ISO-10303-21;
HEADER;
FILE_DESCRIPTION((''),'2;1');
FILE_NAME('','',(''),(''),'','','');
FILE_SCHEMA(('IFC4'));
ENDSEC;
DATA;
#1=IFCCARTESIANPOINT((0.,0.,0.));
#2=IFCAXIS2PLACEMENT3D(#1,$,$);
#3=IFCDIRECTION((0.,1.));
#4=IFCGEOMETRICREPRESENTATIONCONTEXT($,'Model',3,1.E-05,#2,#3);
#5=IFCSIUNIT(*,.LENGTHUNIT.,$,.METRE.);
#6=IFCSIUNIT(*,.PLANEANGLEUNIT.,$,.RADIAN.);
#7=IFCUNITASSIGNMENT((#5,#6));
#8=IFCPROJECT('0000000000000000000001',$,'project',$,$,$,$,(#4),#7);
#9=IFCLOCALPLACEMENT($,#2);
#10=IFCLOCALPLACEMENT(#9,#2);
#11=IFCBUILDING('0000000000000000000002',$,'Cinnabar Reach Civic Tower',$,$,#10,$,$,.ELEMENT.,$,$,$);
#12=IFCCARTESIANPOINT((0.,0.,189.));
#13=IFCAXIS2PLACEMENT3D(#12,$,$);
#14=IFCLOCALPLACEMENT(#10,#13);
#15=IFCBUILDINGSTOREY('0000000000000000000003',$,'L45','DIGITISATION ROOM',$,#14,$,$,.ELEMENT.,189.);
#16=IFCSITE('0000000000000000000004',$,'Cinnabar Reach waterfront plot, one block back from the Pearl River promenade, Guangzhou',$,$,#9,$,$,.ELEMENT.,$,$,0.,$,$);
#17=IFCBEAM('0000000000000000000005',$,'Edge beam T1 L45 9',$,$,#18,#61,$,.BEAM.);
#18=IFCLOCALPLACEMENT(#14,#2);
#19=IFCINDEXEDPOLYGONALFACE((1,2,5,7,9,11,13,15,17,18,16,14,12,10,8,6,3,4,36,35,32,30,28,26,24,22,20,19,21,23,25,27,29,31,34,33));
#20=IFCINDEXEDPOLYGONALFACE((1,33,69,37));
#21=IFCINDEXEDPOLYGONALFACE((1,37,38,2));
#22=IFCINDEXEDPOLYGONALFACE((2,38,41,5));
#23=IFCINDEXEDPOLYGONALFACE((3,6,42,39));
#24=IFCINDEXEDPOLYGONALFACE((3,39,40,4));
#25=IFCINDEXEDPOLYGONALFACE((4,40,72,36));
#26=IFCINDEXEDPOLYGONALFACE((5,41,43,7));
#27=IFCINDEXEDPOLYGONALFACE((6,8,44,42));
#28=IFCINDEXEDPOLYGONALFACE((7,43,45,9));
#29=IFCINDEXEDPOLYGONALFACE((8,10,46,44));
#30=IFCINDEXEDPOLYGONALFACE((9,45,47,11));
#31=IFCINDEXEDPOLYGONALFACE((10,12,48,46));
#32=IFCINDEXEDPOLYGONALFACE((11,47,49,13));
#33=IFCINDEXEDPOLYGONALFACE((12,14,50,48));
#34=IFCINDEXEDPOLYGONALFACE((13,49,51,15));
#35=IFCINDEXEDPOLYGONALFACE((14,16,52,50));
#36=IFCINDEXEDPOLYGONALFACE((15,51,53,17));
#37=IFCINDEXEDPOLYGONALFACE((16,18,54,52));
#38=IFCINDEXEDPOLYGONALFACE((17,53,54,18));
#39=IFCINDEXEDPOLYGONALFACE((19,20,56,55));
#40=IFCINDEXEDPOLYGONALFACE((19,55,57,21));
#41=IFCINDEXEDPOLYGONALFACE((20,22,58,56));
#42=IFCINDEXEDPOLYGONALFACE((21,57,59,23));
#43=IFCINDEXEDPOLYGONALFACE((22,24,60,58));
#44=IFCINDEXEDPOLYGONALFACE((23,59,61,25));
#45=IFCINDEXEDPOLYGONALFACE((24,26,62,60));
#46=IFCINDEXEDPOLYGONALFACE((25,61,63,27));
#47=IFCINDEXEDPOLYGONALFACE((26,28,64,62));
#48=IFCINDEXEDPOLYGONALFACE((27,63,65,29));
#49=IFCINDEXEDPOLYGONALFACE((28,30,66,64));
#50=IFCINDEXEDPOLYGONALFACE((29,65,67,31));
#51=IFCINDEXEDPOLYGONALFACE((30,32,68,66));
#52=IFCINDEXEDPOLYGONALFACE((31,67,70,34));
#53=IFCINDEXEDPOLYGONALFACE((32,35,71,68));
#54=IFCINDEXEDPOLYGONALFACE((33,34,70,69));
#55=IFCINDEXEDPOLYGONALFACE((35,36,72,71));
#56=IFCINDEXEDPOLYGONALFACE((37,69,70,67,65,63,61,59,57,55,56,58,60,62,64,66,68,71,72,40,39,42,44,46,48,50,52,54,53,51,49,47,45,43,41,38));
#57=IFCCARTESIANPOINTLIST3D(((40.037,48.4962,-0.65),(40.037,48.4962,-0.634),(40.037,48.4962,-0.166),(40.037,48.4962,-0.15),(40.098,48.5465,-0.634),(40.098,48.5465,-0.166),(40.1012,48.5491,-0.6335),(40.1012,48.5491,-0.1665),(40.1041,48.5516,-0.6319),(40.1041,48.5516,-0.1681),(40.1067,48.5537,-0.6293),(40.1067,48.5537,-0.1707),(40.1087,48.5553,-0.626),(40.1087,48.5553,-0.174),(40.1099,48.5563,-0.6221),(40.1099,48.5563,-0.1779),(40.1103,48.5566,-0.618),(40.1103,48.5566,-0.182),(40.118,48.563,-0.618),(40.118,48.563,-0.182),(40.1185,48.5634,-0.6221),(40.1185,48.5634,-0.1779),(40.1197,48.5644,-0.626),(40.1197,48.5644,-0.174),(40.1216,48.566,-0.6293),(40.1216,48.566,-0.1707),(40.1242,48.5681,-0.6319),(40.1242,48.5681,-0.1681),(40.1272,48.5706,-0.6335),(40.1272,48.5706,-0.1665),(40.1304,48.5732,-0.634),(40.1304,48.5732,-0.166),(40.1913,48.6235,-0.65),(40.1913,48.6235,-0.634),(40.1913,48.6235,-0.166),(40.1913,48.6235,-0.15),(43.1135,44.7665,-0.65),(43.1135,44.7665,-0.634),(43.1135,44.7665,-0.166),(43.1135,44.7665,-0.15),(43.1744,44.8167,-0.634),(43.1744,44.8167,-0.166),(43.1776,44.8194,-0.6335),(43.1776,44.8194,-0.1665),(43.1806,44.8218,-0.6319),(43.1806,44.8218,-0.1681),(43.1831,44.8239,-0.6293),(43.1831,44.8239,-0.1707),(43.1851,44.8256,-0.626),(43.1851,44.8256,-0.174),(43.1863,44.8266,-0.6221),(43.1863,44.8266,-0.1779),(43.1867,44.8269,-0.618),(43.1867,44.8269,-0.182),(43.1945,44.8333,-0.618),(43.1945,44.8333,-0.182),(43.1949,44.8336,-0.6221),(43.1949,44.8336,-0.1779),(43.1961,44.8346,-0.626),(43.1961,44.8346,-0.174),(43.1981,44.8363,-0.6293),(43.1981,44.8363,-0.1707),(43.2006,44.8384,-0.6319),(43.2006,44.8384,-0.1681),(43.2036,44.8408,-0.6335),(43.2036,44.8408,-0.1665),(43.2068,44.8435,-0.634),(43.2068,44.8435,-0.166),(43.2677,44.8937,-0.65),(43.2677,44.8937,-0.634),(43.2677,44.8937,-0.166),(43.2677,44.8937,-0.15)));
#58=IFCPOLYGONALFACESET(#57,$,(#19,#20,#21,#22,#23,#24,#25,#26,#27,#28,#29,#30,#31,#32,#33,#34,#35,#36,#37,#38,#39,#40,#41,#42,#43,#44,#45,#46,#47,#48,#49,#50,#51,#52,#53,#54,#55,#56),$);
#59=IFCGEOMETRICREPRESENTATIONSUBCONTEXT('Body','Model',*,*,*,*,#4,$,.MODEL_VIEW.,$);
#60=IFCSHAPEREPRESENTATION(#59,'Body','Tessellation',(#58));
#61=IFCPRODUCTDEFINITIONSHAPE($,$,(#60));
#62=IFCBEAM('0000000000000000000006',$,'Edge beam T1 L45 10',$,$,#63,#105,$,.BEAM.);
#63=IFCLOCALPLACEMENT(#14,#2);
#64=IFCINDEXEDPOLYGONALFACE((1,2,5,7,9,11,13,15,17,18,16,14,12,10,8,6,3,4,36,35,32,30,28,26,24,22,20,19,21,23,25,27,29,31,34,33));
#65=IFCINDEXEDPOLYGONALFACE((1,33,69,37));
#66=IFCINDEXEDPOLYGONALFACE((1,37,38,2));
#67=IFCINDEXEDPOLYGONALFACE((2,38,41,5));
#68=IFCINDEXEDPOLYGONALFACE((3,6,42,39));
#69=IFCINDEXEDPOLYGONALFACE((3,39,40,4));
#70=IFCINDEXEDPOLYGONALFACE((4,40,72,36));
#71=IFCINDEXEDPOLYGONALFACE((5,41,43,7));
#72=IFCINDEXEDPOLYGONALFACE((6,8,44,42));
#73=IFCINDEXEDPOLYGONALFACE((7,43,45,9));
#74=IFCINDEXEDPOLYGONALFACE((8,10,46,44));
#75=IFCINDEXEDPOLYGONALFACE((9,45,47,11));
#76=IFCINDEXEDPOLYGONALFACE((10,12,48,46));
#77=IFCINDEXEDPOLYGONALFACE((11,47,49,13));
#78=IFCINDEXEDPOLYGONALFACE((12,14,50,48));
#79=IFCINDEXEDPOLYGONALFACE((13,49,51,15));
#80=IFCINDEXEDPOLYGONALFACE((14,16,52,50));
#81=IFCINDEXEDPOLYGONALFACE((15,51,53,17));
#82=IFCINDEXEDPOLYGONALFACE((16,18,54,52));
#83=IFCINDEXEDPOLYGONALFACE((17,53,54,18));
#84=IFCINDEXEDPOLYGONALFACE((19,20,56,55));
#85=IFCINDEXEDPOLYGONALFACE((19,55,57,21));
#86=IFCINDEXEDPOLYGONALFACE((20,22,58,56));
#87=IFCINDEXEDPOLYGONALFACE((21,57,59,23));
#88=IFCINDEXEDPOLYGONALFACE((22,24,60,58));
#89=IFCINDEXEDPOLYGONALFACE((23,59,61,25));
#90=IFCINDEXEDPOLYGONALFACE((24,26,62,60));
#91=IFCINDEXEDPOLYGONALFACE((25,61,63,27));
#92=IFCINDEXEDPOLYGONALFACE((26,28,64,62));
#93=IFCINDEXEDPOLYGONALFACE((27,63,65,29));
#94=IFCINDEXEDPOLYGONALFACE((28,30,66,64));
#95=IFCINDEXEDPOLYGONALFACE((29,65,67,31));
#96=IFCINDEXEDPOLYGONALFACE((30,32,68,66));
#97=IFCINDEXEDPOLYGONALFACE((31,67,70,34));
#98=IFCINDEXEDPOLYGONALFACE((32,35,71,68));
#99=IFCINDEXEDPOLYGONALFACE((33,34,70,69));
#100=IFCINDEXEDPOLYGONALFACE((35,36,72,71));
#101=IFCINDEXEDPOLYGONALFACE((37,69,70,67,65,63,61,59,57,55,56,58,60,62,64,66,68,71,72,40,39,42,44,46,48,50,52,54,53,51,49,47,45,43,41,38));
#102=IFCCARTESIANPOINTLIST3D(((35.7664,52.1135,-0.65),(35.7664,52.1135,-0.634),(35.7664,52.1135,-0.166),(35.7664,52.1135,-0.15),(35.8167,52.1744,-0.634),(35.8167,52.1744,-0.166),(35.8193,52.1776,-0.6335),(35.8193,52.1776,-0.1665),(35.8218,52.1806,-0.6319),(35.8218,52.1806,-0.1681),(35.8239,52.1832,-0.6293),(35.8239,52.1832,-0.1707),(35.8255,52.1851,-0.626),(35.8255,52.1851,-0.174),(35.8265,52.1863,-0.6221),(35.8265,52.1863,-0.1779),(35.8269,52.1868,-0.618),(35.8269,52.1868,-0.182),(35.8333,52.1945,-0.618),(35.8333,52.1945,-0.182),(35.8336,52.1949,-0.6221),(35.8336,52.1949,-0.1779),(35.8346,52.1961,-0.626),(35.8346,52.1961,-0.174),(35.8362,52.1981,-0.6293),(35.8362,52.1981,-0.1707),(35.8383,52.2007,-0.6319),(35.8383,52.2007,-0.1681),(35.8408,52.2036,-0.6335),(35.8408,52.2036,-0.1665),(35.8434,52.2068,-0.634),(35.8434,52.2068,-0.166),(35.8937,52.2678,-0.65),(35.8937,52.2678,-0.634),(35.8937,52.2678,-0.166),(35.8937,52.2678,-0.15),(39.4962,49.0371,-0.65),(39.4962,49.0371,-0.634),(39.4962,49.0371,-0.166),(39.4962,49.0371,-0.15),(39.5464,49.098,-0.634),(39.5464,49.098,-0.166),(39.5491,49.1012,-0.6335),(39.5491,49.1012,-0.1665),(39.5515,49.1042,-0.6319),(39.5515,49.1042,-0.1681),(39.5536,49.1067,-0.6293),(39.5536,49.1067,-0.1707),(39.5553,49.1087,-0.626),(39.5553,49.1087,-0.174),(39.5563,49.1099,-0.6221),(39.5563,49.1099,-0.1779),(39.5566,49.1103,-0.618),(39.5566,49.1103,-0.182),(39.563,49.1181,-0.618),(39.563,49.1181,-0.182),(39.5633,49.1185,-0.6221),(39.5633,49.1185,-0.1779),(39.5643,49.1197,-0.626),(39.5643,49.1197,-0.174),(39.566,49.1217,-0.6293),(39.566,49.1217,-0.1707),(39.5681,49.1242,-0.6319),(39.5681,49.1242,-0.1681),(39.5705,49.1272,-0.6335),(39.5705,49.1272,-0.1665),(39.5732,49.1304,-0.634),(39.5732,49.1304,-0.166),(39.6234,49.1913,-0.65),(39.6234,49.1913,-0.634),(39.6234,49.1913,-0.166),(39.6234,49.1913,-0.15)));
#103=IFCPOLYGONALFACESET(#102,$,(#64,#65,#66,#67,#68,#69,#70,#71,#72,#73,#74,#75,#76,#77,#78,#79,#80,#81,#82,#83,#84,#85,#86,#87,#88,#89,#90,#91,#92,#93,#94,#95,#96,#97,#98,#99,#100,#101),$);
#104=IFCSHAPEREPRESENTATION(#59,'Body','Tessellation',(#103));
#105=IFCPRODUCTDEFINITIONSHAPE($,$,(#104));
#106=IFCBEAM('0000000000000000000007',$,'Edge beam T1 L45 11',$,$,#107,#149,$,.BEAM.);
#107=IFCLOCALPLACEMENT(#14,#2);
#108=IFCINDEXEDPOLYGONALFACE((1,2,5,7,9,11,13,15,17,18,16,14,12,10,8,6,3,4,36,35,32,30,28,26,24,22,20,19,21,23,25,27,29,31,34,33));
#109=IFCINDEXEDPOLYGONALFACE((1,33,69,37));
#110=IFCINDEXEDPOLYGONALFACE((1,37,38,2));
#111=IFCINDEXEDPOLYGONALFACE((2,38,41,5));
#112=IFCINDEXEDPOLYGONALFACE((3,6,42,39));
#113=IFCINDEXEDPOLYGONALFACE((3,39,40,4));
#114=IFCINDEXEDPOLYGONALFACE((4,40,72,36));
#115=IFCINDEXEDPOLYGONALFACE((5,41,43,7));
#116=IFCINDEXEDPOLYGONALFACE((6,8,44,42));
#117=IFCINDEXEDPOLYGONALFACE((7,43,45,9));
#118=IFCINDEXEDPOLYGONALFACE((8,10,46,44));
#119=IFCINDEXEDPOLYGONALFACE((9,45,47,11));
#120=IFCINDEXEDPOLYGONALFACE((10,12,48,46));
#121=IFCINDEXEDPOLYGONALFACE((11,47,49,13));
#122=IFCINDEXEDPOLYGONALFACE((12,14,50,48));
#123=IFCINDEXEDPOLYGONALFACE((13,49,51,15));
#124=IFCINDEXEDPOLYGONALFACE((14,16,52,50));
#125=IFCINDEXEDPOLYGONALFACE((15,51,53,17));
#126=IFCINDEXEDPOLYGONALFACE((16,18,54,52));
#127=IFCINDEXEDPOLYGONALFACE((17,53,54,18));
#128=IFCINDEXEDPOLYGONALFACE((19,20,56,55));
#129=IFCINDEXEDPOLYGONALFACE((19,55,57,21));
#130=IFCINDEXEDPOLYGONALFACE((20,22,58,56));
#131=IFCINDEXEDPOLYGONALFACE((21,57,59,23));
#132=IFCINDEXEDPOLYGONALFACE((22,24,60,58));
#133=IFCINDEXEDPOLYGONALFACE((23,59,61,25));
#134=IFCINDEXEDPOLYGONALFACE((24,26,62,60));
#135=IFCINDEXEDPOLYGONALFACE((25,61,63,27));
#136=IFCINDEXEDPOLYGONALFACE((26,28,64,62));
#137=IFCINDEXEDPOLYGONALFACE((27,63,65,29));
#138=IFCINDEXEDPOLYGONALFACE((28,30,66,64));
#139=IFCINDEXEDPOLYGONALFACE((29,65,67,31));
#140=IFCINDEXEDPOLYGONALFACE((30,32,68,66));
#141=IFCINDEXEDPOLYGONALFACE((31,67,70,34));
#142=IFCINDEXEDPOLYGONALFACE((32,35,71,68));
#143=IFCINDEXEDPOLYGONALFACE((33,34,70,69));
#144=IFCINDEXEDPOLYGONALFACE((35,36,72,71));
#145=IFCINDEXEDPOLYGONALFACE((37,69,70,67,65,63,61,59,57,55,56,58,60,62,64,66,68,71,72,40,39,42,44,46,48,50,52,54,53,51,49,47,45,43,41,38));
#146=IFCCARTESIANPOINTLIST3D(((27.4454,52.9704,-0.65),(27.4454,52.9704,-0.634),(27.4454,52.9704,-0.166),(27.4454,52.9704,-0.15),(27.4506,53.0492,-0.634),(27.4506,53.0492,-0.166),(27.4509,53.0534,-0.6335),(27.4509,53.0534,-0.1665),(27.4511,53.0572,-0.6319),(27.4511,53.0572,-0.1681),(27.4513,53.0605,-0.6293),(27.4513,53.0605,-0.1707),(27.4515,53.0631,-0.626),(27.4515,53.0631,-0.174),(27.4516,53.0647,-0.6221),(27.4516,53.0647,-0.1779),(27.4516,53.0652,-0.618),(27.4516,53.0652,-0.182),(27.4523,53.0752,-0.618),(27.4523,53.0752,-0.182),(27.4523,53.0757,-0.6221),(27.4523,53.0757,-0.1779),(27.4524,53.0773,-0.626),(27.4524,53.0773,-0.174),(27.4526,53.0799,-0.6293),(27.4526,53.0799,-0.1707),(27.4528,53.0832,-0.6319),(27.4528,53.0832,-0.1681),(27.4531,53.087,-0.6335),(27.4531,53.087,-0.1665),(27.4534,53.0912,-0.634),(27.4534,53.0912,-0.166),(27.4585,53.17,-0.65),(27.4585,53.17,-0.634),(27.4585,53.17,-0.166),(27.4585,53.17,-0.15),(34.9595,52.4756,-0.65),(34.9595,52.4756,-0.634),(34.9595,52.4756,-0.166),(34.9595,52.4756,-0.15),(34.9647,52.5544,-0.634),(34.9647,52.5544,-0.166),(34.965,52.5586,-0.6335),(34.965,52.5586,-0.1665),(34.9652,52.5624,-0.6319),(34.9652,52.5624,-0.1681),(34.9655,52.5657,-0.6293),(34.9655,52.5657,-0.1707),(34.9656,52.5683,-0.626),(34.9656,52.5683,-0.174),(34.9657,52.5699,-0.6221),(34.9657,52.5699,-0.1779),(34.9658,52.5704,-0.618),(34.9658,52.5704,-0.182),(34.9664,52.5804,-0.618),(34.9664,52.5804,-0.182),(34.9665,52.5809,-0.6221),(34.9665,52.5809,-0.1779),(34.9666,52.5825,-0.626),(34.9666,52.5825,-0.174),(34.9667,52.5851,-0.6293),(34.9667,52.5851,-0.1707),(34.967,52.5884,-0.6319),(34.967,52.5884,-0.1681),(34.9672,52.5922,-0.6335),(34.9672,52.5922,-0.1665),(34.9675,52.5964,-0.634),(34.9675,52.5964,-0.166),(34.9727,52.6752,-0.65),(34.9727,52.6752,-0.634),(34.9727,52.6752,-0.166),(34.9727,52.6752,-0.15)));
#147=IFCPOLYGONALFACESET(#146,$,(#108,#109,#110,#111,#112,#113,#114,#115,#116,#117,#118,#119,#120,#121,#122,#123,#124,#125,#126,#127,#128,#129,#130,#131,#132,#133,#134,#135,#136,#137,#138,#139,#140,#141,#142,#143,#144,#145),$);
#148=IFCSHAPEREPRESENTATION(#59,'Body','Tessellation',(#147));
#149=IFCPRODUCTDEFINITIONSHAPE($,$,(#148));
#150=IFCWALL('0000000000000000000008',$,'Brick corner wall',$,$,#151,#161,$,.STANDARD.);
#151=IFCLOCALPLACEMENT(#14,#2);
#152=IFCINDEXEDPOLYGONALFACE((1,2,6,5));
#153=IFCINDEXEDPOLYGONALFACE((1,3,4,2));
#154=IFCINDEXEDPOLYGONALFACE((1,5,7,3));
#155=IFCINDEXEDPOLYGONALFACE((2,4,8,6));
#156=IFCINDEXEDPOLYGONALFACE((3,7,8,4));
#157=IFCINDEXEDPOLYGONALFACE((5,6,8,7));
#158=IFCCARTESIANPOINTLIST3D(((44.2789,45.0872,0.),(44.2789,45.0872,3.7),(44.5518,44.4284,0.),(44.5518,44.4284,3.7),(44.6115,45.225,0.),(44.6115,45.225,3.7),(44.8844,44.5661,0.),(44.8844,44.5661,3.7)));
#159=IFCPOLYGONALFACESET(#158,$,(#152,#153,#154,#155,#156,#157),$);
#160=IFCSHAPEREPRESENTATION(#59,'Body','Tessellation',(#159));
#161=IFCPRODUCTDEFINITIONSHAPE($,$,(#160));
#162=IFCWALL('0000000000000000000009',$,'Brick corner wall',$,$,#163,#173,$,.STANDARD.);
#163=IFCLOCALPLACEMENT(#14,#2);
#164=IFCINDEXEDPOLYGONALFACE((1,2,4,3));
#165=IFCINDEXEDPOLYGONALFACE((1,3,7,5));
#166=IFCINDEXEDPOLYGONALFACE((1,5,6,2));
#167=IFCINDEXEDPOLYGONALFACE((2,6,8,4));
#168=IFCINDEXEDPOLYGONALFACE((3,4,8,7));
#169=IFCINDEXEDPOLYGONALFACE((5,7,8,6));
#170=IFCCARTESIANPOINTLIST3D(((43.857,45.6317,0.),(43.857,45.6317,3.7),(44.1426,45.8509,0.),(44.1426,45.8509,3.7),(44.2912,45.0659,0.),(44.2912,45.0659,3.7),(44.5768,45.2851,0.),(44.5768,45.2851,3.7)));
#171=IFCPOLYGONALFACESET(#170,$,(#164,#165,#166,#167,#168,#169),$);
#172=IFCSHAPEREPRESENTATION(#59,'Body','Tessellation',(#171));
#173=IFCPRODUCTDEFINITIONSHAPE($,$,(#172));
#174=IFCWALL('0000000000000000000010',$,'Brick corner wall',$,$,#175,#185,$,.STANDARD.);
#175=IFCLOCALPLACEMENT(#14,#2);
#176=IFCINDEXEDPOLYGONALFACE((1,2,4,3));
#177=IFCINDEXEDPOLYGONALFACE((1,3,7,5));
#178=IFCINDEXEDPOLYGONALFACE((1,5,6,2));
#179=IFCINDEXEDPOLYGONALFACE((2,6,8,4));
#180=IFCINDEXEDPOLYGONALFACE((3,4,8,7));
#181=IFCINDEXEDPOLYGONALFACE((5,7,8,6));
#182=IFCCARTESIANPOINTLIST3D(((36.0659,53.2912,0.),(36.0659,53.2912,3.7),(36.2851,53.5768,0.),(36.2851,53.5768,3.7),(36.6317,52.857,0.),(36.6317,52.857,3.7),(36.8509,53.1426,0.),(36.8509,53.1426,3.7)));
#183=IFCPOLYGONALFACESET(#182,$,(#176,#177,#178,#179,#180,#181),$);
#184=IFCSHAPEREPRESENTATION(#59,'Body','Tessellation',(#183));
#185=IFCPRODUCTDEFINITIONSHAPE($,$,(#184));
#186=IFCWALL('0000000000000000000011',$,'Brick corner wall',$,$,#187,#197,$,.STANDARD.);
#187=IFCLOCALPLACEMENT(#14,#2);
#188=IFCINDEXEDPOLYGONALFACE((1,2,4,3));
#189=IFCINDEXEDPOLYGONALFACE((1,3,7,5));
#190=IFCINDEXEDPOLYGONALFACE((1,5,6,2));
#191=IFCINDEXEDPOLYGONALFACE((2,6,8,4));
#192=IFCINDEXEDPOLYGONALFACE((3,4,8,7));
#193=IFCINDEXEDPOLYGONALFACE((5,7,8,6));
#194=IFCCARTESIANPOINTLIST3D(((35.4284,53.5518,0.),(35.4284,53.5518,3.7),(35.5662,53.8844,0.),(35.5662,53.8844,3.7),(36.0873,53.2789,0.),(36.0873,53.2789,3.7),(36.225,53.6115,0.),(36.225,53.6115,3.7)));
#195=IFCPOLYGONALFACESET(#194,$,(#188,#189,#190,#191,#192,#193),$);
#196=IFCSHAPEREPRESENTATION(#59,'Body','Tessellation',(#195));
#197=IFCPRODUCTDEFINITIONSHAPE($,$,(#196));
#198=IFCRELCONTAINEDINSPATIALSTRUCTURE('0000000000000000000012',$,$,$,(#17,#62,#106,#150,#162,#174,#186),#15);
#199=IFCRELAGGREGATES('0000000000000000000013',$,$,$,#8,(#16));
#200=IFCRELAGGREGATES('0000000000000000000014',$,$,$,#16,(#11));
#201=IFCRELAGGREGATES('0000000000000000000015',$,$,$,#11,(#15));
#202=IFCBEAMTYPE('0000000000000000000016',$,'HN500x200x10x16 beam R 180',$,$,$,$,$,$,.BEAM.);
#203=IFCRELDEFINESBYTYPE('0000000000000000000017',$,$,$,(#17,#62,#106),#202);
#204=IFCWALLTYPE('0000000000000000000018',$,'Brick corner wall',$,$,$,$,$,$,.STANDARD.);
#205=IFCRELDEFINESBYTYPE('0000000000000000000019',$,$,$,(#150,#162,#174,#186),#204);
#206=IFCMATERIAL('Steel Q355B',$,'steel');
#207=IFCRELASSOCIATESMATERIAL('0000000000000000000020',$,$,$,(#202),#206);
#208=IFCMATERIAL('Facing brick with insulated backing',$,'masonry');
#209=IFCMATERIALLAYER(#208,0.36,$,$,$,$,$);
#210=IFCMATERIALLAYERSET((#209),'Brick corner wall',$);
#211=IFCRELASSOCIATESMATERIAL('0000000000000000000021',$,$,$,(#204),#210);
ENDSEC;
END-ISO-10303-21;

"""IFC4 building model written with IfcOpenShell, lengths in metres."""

from ifc_helpers import new_model, si_unit, direction, frame, frame_2d, origin, origin_2d, place, context, subcontext, project, spatial, rectangle, i_section, extrude, material, layer, layer_set, material_profile, profile_set, type_object, element, save


model = new_model("IFC4")

# Units and contexts
model_context = context("Model", 3, precision=1e-05, world=origin(), true_north=direction((0.0, 1.0)))
body_context = subcontext(model_context, "Body", "Model", "MODEL_VIEW")
ifc_project = project(units=[si_unit("LENGTHUNIT", "METRE"), si_unit("PLANEANGLEUNIT", "RADIAN")], contexts=[model_context])

# Site, building, storey
site_placement = place(None, origin())
site = spatial("IfcSite", under=ifc_project, at=site_placement, Name="Cinnabar Reach waterfront plot, one block back from the Pearl River promenade, Guangzhou", CompositionType="ELEMENT", RefElevation=0.0)
building_placement = place(site_placement, origin())
building = spatial("IfcBuilding", under=site, at=building_placement, Name="Cinnabar Reach Civic Tower", CompositionType="ELEMENT")
storey_placement = place(building_placement, frame((0.0, 0.0, 189.0)))
storey = spatial("IfcBuildingStorey", under=building, at=storey_placement, Name="L45", Description="DIGITISATION ROOM", CompositionType="ELEMENT", Elevation=189.0)

# Beams
ifc_material_1 = material(Name="Steel Q355B", Category="steel")
ifc_material_profile_1 = material_profile(ifc_material_1, i_section(OverallWidth=0.2, OverallDepth=0.5, WebThickness=0.01, FlangeThickness=0.016, FilletRadius=0.016, at=origin_2d()), Name="HN500x200x10x16")
ifc_profile_set_1 = profile_set([ifc_material_profile_1], Name="Steel Q355B")
beam_type_1 = type_object("IfcBeamType", Name="HN500x200x10x16 beam R 180", PredefinedType="BEAM", material=ifc_profile_set_1)
for number, where, z_axis, x_axis, name in (
    (1, (43.1906, 44.8301, -0.4), (-0.636309, 0.771434, 0.0), (-0.771434, -0.636309, 0.0), "Edge beam T1 L45 9"),
    (2, (39.5598, 49.1142, -0.4), (-0.771434, 0.636309, 0.0), (-0.636309, -0.771434, 0.0), "Edge beam T1 L45 10"),
):
    element("IfcBeam", number, at=place(storey_placement, frame(where, z_axis=z_axis, x_axis=x_axis)), inside=storey, type_object=beam_type_1, Name=name, PredefinedType="BEAM", context=body_context, shape_type="SweptSolid", body=[
        extrude(i_section(OverallWidth=0.2, OverallDepth=0.5, WebThickness=0.01, FlangeThickness=0.016, FilletRadius=0.016, at=origin_2d()), origin(), (0.0, 0.0, 1.0), 4.8348),
    ])
beam_1_placement = place(storey_placement, frame((34.9661, 52.5754, -0.4), z_axis=(-0.997839, 0.065707, 0.0), x_axis=(-0.065707, -0.997839, 0.0)))
element("IfcBeam", 3, at=beam_1_placement, inside=storey, type_object=beam_type_1, Name="Edge beam T1 L45 11", PredefinedType="BEAM", context=body_context, shape_type="SweptSolid", body=[
    extrude(i_section(OverallWidth=0.2, OverallDepth=0.5, WebThickness=0.01, FlangeThickness=0.016, FilletRadius=0.016, at=origin_2d()), origin(), (0.0, 0.0, 1.0), 7.5304),
])

# Walls
ifc_material_2 = material(Name="Facing brick with insulated backing", Category="masonry")
ifc_layer_1 = layer(ifc_material_2, 0.36)
ifc_layer_set_1 = layer_set([ifc_layer_1], Name="Brick corner wall")
wall_type_1 = type_object("IfcWallType", Name="Brick corner wall", PredefinedType="STANDARD", material=ifc_layer_set_1)
wall_1_placement = place(storey_placement, frame((44.7181, 44.4973, 0.0), z_axis=(0.0, 0.0, 1.0), x_axis=(-0.382703, 0.923872, 0.0)))
element("IfcWall", 4, at=wall_1_placement, inside=storey, type_object=wall_type_1, Name="Brick corner wall", PredefinedType="STANDARD", context=body_context, shape_type="SweptSolid", body=[
    extrude(rectangle(XDim=0.7131, YDim=0.36, at=frame_2d((0.3565, 0.0))), origin(), (0.0, 0.0, 1.0), 3.7),
])
for number, where, z_axis, x_axis, name in (
    (5, (44.434, 45.1755, 0.0), (0.0, 0.0, 1.0), (-0.608802, 0.793322, 0.0), "Brick corner wall"),
    (6, (36.7413, 52.9998, 0.0), (0.0, 0.0, 1.0), (-0.793322, 0.608802, 0.0), "Brick corner wall"),
):
    element("IfcWall", number, at=place(storey_placement, frame(where, z_axis=z_axis, x_axis=x_axis)), inside=storey, type_object=wall_type_1, Name=name, PredefinedType="STANDARD", context=body_context, shape_type="SweptSolid", body=[
        extrude(rectangle(XDim=0.7132, YDim=0.36, at=frame_2d((0.3566, 0.0))), origin(), (0.0, 0.0, 1.0), 3.7),
    ])
for number, where, z_axis, x_axis, name in (
    (7, (36.1561, 53.4452, 0.0), (0.0, 0.0, 1.0), (-0.923872, 0.382703, 0.0), "Brick corner wall"),
):
    element("IfcWall", number, at=place(storey_placement, frame(where, z_axis=z_axis, x_axis=x_axis)), inside=storey, type_object=wall_type_1, Name=name, PredefinedType="STANDARD", context=body_context, shape_type="SweptSolid", body=[
        extrude(rectangle(XDim=0.7131, YDim=0.36, at=frame_2d((0.3565, 0.0))), origin(), (0.0, 0.0, 1.0), 3.7),
    ])

save(model, "model.ifc")
